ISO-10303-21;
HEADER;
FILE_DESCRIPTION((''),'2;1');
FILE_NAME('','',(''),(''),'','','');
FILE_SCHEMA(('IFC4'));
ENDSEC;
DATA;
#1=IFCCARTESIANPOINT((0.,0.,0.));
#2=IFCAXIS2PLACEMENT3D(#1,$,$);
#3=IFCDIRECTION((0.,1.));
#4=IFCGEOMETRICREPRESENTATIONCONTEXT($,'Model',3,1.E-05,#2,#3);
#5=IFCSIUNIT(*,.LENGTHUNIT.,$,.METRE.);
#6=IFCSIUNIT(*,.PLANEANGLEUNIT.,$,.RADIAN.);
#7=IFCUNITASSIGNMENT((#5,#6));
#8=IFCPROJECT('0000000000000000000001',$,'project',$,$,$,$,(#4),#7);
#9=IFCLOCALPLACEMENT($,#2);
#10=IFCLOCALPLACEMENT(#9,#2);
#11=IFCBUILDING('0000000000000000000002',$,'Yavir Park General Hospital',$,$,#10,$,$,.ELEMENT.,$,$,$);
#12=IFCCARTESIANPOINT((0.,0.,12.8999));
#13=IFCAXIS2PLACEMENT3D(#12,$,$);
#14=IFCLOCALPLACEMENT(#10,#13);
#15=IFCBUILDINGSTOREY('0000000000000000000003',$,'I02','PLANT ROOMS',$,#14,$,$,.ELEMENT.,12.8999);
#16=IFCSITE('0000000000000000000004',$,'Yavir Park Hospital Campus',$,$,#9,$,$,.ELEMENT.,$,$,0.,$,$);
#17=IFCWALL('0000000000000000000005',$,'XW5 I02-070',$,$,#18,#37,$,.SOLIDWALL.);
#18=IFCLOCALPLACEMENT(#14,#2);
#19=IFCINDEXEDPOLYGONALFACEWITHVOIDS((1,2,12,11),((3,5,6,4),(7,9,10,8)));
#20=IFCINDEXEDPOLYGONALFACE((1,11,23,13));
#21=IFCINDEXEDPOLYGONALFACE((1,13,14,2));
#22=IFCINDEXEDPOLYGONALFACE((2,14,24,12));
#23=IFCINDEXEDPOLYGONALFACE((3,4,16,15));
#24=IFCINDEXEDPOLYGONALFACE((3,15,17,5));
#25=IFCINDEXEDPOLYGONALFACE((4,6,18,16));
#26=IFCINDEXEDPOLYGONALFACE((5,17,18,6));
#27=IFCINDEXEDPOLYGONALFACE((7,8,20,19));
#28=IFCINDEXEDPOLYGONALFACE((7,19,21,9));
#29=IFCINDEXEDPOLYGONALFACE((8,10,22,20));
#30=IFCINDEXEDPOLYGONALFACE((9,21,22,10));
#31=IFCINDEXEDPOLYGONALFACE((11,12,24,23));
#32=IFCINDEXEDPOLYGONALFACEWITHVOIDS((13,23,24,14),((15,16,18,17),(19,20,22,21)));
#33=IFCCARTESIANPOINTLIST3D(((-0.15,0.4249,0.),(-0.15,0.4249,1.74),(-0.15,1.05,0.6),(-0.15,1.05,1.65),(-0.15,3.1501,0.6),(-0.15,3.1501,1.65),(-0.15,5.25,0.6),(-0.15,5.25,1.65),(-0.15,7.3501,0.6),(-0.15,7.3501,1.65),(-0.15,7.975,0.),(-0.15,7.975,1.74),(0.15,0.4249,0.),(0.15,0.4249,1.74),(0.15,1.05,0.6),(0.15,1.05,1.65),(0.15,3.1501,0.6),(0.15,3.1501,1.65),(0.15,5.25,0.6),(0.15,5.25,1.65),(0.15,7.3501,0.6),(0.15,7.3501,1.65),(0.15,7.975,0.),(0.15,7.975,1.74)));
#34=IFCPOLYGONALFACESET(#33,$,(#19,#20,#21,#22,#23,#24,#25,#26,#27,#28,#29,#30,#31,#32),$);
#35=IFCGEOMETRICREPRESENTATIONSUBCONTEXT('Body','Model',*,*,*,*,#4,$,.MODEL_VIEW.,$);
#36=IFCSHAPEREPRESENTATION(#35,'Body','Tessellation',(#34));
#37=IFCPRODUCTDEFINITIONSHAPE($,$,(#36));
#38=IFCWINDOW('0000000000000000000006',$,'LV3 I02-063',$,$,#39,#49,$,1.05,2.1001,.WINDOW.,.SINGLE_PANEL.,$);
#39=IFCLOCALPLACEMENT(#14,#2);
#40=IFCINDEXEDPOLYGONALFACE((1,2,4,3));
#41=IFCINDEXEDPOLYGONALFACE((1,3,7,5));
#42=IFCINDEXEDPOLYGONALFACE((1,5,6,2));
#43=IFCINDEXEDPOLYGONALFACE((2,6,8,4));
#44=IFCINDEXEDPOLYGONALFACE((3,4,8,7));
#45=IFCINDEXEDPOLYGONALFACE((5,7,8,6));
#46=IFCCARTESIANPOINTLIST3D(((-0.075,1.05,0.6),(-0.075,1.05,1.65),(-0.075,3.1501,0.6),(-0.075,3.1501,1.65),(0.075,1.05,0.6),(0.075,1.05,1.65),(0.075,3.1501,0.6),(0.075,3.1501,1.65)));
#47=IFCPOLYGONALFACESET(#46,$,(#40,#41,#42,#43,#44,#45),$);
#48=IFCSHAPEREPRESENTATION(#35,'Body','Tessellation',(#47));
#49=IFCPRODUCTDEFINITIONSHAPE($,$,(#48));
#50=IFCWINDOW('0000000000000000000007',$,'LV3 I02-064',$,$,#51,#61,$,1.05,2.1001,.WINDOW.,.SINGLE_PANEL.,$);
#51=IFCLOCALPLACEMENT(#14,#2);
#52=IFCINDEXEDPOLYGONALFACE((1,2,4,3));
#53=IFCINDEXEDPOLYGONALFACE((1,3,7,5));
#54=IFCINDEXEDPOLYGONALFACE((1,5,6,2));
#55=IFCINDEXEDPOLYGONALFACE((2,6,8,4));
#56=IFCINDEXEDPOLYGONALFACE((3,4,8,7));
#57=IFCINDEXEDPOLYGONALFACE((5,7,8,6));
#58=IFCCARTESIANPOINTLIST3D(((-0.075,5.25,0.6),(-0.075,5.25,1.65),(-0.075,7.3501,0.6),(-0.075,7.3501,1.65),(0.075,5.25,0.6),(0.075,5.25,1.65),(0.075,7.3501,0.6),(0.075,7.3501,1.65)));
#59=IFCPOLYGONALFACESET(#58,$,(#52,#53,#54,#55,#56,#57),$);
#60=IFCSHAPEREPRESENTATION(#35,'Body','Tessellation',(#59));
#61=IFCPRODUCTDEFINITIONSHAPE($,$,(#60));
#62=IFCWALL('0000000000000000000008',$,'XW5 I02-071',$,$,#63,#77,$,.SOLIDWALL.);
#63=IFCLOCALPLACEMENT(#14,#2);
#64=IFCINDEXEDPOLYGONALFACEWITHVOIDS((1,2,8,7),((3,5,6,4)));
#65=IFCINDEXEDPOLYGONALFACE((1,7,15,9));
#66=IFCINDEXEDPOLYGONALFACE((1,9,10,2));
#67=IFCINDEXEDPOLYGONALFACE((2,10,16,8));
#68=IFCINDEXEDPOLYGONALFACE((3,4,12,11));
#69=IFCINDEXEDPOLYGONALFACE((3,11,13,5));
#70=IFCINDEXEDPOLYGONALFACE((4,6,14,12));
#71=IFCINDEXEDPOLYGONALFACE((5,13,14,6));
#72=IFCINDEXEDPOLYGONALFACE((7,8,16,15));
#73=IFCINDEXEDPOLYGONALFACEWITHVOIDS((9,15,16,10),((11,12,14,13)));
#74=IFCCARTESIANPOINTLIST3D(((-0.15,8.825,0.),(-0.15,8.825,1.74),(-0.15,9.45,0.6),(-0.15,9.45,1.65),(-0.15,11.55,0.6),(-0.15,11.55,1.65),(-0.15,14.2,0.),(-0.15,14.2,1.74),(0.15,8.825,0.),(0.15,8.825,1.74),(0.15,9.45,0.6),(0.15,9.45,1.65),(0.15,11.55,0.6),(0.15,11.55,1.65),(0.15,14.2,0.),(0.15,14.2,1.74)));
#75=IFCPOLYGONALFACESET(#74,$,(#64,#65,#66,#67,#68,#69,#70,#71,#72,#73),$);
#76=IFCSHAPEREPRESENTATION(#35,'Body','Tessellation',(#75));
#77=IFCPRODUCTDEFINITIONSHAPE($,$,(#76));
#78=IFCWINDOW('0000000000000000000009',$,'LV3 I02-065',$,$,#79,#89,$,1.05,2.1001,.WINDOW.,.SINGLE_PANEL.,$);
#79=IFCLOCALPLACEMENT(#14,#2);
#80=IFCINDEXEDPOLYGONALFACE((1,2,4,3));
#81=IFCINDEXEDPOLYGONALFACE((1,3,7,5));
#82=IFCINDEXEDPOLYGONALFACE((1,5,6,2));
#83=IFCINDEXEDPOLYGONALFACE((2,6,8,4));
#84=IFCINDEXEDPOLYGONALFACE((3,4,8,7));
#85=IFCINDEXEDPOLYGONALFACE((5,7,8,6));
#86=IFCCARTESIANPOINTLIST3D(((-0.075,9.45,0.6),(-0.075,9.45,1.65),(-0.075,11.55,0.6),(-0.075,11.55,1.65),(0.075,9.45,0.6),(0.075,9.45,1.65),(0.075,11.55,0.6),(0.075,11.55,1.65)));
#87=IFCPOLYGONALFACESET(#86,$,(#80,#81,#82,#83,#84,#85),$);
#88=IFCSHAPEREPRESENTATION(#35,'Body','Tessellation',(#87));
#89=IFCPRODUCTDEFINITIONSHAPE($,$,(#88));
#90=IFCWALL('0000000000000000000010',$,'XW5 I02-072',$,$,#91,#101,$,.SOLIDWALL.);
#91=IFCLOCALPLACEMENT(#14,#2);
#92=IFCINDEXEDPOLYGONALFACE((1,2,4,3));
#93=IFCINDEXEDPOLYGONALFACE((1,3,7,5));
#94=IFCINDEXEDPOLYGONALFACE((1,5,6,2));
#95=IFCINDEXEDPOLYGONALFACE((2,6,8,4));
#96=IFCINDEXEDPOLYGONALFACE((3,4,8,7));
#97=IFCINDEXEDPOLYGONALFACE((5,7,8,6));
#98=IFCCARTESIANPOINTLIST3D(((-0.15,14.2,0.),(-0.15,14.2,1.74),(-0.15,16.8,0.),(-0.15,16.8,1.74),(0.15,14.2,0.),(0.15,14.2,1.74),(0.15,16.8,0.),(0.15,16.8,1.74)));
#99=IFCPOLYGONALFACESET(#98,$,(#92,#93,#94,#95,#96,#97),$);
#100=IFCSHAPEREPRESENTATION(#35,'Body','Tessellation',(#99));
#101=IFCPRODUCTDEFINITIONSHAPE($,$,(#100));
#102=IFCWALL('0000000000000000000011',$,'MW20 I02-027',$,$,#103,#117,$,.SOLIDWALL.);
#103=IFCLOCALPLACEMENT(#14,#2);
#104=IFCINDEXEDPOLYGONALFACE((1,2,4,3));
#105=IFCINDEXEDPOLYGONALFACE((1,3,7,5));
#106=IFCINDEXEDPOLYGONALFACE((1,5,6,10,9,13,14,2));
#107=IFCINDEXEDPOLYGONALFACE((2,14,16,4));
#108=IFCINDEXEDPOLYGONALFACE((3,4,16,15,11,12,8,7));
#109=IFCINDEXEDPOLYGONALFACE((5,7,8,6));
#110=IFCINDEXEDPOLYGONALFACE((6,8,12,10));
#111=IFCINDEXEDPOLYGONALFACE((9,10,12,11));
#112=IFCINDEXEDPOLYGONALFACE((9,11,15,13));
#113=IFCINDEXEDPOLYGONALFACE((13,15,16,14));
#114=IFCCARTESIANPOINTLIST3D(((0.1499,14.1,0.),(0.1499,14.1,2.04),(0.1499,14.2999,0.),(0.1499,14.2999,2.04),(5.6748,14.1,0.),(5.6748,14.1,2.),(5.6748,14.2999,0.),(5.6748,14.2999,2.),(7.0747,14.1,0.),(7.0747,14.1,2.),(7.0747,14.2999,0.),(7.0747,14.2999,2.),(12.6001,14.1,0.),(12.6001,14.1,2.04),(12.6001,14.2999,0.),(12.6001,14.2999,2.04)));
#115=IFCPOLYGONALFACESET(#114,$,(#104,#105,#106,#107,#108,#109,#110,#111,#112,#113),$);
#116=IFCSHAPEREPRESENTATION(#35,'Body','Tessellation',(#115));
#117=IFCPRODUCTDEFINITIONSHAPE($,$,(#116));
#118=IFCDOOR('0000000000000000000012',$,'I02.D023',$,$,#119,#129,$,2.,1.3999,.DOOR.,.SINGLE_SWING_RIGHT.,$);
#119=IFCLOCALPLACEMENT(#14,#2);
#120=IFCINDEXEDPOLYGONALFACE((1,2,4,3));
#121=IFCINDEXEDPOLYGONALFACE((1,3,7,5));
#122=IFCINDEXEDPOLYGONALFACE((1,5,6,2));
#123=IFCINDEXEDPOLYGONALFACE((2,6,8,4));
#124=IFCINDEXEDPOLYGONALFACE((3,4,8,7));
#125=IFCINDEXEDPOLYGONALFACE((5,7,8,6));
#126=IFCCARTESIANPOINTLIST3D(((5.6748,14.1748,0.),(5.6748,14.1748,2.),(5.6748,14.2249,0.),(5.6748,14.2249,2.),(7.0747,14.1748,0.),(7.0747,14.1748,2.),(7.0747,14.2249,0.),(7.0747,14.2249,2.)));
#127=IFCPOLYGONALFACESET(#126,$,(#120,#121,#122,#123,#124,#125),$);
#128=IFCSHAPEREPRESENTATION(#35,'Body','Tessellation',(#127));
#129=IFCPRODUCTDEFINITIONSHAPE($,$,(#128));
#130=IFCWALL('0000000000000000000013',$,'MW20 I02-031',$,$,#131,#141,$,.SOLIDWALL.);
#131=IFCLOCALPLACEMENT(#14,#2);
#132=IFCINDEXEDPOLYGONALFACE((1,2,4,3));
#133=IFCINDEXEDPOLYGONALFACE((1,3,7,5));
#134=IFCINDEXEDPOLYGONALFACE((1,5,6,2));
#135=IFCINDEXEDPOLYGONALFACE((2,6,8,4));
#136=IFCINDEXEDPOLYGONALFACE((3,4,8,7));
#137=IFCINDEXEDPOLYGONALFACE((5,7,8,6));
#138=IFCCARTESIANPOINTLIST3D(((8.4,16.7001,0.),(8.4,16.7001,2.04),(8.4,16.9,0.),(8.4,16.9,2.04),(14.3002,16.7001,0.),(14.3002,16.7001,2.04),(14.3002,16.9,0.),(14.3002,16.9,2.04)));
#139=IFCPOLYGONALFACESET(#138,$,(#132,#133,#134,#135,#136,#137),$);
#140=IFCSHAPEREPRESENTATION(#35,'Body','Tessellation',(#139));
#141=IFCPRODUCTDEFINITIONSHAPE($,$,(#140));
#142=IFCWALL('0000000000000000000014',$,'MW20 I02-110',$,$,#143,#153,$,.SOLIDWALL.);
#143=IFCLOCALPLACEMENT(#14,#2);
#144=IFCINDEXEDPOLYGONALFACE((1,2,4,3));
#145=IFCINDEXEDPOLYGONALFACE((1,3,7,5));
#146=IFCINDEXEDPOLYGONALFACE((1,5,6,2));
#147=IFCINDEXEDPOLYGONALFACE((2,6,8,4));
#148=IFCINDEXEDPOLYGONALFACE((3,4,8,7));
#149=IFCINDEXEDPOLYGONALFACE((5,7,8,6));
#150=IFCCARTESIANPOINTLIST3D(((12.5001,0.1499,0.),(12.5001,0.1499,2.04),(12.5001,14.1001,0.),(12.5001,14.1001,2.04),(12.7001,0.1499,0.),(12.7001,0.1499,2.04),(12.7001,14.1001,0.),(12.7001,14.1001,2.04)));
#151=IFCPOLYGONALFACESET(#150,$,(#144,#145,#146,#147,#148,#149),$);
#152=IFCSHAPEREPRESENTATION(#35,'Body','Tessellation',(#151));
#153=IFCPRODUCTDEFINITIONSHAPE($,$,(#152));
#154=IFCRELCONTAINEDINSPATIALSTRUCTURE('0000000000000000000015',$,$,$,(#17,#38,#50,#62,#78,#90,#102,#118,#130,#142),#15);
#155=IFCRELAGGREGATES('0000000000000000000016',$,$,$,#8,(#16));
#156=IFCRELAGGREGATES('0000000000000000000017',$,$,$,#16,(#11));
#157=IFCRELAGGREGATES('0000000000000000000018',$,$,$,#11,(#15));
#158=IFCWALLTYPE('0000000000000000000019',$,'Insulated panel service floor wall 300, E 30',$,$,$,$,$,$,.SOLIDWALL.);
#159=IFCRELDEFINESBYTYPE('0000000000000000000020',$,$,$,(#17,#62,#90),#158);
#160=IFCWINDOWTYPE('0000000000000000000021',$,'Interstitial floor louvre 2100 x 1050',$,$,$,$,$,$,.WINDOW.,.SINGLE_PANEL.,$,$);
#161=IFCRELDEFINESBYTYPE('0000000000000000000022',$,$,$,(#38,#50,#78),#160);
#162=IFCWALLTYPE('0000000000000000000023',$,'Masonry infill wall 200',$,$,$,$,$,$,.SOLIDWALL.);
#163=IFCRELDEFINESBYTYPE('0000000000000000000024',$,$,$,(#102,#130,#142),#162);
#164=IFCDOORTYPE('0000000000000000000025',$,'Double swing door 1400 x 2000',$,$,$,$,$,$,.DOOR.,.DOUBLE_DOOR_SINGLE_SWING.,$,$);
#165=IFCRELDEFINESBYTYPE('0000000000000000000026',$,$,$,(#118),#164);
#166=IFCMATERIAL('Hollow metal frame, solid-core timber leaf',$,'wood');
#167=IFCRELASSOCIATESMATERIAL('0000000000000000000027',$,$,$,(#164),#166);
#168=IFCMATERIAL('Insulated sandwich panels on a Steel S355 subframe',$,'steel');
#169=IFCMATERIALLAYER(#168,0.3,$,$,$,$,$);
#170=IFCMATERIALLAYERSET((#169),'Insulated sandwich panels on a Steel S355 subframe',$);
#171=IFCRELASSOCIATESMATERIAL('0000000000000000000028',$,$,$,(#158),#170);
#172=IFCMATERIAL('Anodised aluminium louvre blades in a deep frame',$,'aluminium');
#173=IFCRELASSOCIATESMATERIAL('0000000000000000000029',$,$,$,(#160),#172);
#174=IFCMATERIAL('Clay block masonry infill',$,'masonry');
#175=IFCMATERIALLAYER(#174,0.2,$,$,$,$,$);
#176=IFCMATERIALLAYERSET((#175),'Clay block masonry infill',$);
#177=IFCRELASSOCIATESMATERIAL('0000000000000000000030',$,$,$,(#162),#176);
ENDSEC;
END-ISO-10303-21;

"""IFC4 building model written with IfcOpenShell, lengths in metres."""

from ifc_helpers import new_model, si_unit, direction, frame, frame_2d, origin, place, context, subcontext, project, spatial, rectangle, extrude, material, layer, layer_set, type_object, element, fill, save


model = new_model("IFC4")

# Units and contexts
model_context = context("Model", 3, precision=1e-05, world=origin(), true_north=direction((0.0, 1.0)))
body_context = subcontext(model_context, "Body", "Model", "MODEL_VIEW")
ifc_project = project(units=[si_unit("LENGTHUNIT", "METRE"), si_unit("PLANEANGLEUNIT", "RADIAN")], contexts=[model_context])

# Site, building, storey
site_placement = place(None, origin())
site = spatial("IfcSite", under=ifc_project, at=site_placement, Name="Yavir Park Hospital Campus", CompositionType="ELEMENT", RefElevation=0.0)
building_placement = place(site_placement, origin())
building = spatial("IfcBuilding", under=site, at=building_placement, Name="Yavir Park General Hospital", CompositionType="ELEMENT")
storey_placement = place(building_placement, frame((0.0, 0.0, 12.8999)))
storey = spatial("IfcBuildingStorey", under=building, at=storey_placement, Name="I02", Description="PLANT ROOMS", CompositionType="ELEMENT", Elevation=12.8999)

# Shared definitions
ifc_material_1 = material(Name="Hollow metal frame, solid-core timber leaf", Category="wood")
door_type_1 = type_object("IfcDoorType", Name="Double swing door 1400 x 2000", OperationType="DOUBLE_DOOR_SINGLE_SWING", PredefinedType="DOOR", material=ifc_material_1)

# Wall, openings, windows
ifc_material_2 = material(Name="Insulated sandwich panels on a Steel S355 subframe", Category="steel")
ifc_layer_1 = layer(ifc_material_2, 0.3)
ifc_layer_set_1 = layer_set([ifc_layer_1], Name="Insulated sandwich panels on a Steel S355 subframe")
wall_type_1 = type_object("IfcWallType", Name="Insulated panel service floor wall 300, E 30", PredefinedType="SOLIDWALL", material=ifc_layer_set_1)
wall_1_placement = place(storey_placement, frame((0.0, 0.425, 0.0), z_axis=(0.0, 0.0, 1.0), x_axis=(0.0, 1.0, 0.0)))
wall_1 = element("IfcWall", 1, at=wall_1_placement, inside=storey, type_object=wall_type_1, Name="XW5 I02-070", PredefinedType="SOLIDWALL", context=body_context, shape_type="SweptSolid", body=[
    extrude(rectangle(XDim=7.55, YDim=0.3, at=frame_2d((3.7749, 0.0))), origin(), (0.0, 0.0, 1.0), 1.74),
])
opening_1_placement = place(wall_1_placement, frame((0.625, 0.0, 0.6001)))
opening_1 = element("IfcOpeningElement", 2, at=opening_1_placement, cuts=wall_1, PredefinedType="OPENING", context=body_context, shape_type="SweptSolid", body=[
    extrude(rectangle(XDim=2.1001, YDim=1.05, at=frame_2d((1.05, 0.5249))), frame((0.0, 0.1599, 0.0), z_axis=(0.0, -1.0, 0.0), x_axis=(1.0, 0.0, 0.0)), (0.0, 0.0, 1.0), 0.3201),
])
opening_2_placement = place(wall_1_placement, frame((4.825, 0.0, 0.6001)))
opening_2 = element("IfcOpeningElement", 3, at=opening_2_placement, cuts=wall_1, PredefinedType="OPENING", context=body_context, shape_type="SweptSolid", body=[
    extrude(rectangle(XDim=2.1001, YDim=1.05, at=frame_2d((1.05, 0.5249))), frame((0.0, 0.1599, 0.0), z_axis=(0.0, -1.0, 0.0), x_axis=(1.0, 0.0, 0.0)), (0.0, 0.0, 1.0), 0.3201),
])
ifc_material_3 = material(Name="Anodised aluminium louvre blades in a deep frame", Category="aluminium")
window_type = type_object("IfcWindowType", Name="Interstitial floor louvre 2100 x 1050", PartitioningType="SINGLE_PANEL", PredefinedType="WINDOW", material=ifc_material_3)
window_1_placement = place(opening_1_placement, origin())
window_1 = element("IfcWindow", 4, at=window_1_placement, inside=storey, type_object=window_type, Name="LV3 I02-063", OverallHeight=1.05, OverallWidth=2.1001, PartitioningType="SINGLE_PANEL", PredefinedType="WINDOW", context=body_context, shape_type="SweptSolid", body=[
    extrude(rectangle(XDim=2.1001, YDim=1.05, at=frame_2d((1.05, 0.5249))), frame((0.0, 0.075, 0.0), z_axis=(0.0, -1.0, 0.0), x_axis=(1.0, 0.0, 0.0)), (0.0, 0.0, 1.0), 0.1499),
])
fill(opening_1, window_1)
window_2_placement = place(opening_2_placement, origin())
window_2 = element("IfcWindow", 5, at=window_2_placement, inside=storey, type_object=window_type, Name="LV3 I02-064", OverallHeight=1.05, OverallWidth=2.1001, PartitioningType="SINGLE_PANEL", PredefinedType="WINDOW", context=body_context, shape_type="SweptSolid", body=[
    extrude(rectangle(XDim=2.1001, YDim=1.05, at=frame_2d((1.05, 0.5249))), frame((0.0, 0.075, 0.0), z_axis=(0.0, -1.0, 0.0), x_axis=(1.0, 0.0, 0.0)), (0.0, 0.0, 1.0), 0.1499),
])
fill(opening_2, window_2)

# Wall, opening, window
wall_2_placement = place(storey_placement, frame((0.0, 8.825, 0.0), z_axis=(0.0, 0.0, 1.0), x_axis=(0.0, 1.0, 0.0)))
wall_2 = element("IfcWall", 6, at=wall_2_placement, inside=storey, type_object=wall_type_1, Name="XW5 I02-071", PredefinedType="SOLIDWALL", context=body_context, shape_type="SweptSolid", body=[
    extrude(rectangle(XDim=5.375, YDim=0.3, at=frame_2d((2.6875, 0.0))), origin(), (0.0, 0.0, 1.0), 1.74),
])
opening_3_placement = place(wall_2_placement, frame((0.625, 0.0, 0.6001)))
opening_3 = element("IfcOpeningElement", 7, at=opening_3_placement, cuts=wall_2, PredefinedType="OPENING", context=body_context, shape_type="SweptSolid", body=[
    extrude(rectangle(XDim=2.1001, YDim=1.05, at=frame_2d((1.05, 0.5249))), frame((0.0, 0.1599, 0.0), z_axis=(0.0, -1.0, 0.0), x_axis=(1.0, 0.0, 0.0)), (0.0, 0.0, 1.0), 0.3201),
])
window_3_placement = place(opening_3_placement, origin())
window_3 = element("IfcWindow", 8, at=window_3_placement, inside=storey, type_object=window_type, Name="LV3 I02-065", OverallHeight=1.05, OverallWidth=2.1001, PartitioningType="SINGLE_PANEL", PredefinedType="WINDOW", context=body_context, shape_type="SweptSolid", body=[
    extrude(rectangle(XDim=2.1001, YDim=1.05, at=frame_2d((1.05, 0.5249))), frame((0.0, 0.075, 0.0), z_axis=(0.0, -1.0, 0.0), x_axis=(1.0, 0.0, 0.0)), (0.0, 0.0, 1.0), 0.1499),
])
fill(opening_3, window_3)

# Wall
wall_3_placement = place(storey_placement, frame((0.0, 14.2, 0.0), z_axis=(0.0, 0.0, 1.0), x_axis=(0.0, 1.0, 0.0)))
element("IfcWall", 9, at=wall_3_placement, inside=storey, type_object=wall_type_1, Name="XW5 I02-072", PredefinedType="SOLIDWALL", context=body_context, shape_type="SweptSolid", body=[
    extrude(rectangle(XDim=2.6001, YDim=0.3, at=frame_2d((1.3, 0.0))), origin(), (0.0, 0.0, 1.0), 1.74),
])

# Wall, opening, door
ifc_material_4 = material(Name="Clay block masonry infill", Category="masonry")
ifc_layer_2 = layer(ifc_material_4, 0.2)
ifc_layer_set_2 = layer_set([ifc_layer_2], Name="Clay block masonry infill")
wall_type_2 = type_object("IfcWallType", Name="Masonry infill wall 200", PredefinedType="SOLIDWALL", material=ifc_layer_set_2)
wall_4_placement = place(storey_placement, frame((0.1499, 14.2, 0.0), z_axis=(0.0, 0.0, 1.0), x_axis=(1.0, 0.0, 0.0)))
wall_4 = element("IfcWall", 10, at=wall_4_placement, inside=storey, type_object=wall_type_2, Name="MW20 I02-027", PredefinedType="SOLIDWALL", context=body_context, shape_type="SweptSolid", body=[
    extrude(rectangle(XDim=12.4502, YDim=0.2, at=frame_2d((6.2251, 0.0))), origin(), (0.0, 0.0, 1.0), 2.04),
])
opening_4_placement = place(wall_4_placement, frame((5.5249, 0.0, 0.0)))
opening_4 = element("IfcOpeningElement", 11, at=opening_4_placement, cuts=wall_4, PredefinedType="OPENING", context=body_context, shape_type="SweptSolid", body=[
    extrude(rectangle(XDim=1.3999, YDim=2.0, at=frame_2d((0.7, 1.0))), frame((0.0, 0.1099, 0.0), z_axis=(0.0, -1.0, 0.0), x_axis=(1.0, 0.0, 0.0)), (0.0, 0.0, 1.0), 0.22),
])
door_1_placement = place(opening_4_placement, origin())
door_1 = element("IfcDoor", 12, at=door_1_placement, inside=storey, type_object=door_type_1, Name="I02.D023", OperationType="SINGLE_SWING_RIGHT", OverallHeight=2.0, OverallWidth=1.3999, PredefinedType="DOOR", context=body_context, shape_type="SweptSolid", body=[
    extrude(rectangle(XDim=1.3999, YDim=2.0, at=frame_2d((0.7, 1.0))), frame((0.0, 0.0249, 0.0), z_axis=(0.0, -1.0, 0.0), x_axis=(1.0, 0.0, 0.0)), (0.0, 0.0, 1.0), 0.05),
])
fill(opening_4, door_1)

# Walls
wall_5_placement = place(storey_placement, frame((8.3999, 16.8, 0.0), z_axis=(0.0, 0.0, 1.0), x_axis=(1.0, 0.0, 0.0)))
element("IfcWall", 13, at=wall_5_placement, inside=storey, type_object=wall_type_2, Name="MW20 I02-031", PredefinedType="SOLIDWALL", context=body_context, shape_type="SweptSolid", body=[
    extrude(rectangle(XDim=5.9001, YDim=0.2, at=frame_2d((2.9502, 0.0))), origin(), (0.0, 0.0, 1.0), 2.04),
])
wall_6_placement = place(storey_placement, frame((12.6001, 0.1499, 0.0), z_axis=(0.0, 0.0, 1.0), x_axis=(0.0, 1.0, 0.0)))
element("IfcWall", 14, at=wall_6_placement, inside=storey, type_object=wall_type_2, Name="MW20 I02-110", PredefinedType="SOLIDWALL", context=body_context, shape_type="SweptSolid", body=[
    extrude(rectangle(XDim=13.9502, YDim=0.2, at=frame_2d((6.9751, 0.0))), origin(), (0.0, 0.0, 1.0), 2.04),
])

save(model, "model.ifc")
